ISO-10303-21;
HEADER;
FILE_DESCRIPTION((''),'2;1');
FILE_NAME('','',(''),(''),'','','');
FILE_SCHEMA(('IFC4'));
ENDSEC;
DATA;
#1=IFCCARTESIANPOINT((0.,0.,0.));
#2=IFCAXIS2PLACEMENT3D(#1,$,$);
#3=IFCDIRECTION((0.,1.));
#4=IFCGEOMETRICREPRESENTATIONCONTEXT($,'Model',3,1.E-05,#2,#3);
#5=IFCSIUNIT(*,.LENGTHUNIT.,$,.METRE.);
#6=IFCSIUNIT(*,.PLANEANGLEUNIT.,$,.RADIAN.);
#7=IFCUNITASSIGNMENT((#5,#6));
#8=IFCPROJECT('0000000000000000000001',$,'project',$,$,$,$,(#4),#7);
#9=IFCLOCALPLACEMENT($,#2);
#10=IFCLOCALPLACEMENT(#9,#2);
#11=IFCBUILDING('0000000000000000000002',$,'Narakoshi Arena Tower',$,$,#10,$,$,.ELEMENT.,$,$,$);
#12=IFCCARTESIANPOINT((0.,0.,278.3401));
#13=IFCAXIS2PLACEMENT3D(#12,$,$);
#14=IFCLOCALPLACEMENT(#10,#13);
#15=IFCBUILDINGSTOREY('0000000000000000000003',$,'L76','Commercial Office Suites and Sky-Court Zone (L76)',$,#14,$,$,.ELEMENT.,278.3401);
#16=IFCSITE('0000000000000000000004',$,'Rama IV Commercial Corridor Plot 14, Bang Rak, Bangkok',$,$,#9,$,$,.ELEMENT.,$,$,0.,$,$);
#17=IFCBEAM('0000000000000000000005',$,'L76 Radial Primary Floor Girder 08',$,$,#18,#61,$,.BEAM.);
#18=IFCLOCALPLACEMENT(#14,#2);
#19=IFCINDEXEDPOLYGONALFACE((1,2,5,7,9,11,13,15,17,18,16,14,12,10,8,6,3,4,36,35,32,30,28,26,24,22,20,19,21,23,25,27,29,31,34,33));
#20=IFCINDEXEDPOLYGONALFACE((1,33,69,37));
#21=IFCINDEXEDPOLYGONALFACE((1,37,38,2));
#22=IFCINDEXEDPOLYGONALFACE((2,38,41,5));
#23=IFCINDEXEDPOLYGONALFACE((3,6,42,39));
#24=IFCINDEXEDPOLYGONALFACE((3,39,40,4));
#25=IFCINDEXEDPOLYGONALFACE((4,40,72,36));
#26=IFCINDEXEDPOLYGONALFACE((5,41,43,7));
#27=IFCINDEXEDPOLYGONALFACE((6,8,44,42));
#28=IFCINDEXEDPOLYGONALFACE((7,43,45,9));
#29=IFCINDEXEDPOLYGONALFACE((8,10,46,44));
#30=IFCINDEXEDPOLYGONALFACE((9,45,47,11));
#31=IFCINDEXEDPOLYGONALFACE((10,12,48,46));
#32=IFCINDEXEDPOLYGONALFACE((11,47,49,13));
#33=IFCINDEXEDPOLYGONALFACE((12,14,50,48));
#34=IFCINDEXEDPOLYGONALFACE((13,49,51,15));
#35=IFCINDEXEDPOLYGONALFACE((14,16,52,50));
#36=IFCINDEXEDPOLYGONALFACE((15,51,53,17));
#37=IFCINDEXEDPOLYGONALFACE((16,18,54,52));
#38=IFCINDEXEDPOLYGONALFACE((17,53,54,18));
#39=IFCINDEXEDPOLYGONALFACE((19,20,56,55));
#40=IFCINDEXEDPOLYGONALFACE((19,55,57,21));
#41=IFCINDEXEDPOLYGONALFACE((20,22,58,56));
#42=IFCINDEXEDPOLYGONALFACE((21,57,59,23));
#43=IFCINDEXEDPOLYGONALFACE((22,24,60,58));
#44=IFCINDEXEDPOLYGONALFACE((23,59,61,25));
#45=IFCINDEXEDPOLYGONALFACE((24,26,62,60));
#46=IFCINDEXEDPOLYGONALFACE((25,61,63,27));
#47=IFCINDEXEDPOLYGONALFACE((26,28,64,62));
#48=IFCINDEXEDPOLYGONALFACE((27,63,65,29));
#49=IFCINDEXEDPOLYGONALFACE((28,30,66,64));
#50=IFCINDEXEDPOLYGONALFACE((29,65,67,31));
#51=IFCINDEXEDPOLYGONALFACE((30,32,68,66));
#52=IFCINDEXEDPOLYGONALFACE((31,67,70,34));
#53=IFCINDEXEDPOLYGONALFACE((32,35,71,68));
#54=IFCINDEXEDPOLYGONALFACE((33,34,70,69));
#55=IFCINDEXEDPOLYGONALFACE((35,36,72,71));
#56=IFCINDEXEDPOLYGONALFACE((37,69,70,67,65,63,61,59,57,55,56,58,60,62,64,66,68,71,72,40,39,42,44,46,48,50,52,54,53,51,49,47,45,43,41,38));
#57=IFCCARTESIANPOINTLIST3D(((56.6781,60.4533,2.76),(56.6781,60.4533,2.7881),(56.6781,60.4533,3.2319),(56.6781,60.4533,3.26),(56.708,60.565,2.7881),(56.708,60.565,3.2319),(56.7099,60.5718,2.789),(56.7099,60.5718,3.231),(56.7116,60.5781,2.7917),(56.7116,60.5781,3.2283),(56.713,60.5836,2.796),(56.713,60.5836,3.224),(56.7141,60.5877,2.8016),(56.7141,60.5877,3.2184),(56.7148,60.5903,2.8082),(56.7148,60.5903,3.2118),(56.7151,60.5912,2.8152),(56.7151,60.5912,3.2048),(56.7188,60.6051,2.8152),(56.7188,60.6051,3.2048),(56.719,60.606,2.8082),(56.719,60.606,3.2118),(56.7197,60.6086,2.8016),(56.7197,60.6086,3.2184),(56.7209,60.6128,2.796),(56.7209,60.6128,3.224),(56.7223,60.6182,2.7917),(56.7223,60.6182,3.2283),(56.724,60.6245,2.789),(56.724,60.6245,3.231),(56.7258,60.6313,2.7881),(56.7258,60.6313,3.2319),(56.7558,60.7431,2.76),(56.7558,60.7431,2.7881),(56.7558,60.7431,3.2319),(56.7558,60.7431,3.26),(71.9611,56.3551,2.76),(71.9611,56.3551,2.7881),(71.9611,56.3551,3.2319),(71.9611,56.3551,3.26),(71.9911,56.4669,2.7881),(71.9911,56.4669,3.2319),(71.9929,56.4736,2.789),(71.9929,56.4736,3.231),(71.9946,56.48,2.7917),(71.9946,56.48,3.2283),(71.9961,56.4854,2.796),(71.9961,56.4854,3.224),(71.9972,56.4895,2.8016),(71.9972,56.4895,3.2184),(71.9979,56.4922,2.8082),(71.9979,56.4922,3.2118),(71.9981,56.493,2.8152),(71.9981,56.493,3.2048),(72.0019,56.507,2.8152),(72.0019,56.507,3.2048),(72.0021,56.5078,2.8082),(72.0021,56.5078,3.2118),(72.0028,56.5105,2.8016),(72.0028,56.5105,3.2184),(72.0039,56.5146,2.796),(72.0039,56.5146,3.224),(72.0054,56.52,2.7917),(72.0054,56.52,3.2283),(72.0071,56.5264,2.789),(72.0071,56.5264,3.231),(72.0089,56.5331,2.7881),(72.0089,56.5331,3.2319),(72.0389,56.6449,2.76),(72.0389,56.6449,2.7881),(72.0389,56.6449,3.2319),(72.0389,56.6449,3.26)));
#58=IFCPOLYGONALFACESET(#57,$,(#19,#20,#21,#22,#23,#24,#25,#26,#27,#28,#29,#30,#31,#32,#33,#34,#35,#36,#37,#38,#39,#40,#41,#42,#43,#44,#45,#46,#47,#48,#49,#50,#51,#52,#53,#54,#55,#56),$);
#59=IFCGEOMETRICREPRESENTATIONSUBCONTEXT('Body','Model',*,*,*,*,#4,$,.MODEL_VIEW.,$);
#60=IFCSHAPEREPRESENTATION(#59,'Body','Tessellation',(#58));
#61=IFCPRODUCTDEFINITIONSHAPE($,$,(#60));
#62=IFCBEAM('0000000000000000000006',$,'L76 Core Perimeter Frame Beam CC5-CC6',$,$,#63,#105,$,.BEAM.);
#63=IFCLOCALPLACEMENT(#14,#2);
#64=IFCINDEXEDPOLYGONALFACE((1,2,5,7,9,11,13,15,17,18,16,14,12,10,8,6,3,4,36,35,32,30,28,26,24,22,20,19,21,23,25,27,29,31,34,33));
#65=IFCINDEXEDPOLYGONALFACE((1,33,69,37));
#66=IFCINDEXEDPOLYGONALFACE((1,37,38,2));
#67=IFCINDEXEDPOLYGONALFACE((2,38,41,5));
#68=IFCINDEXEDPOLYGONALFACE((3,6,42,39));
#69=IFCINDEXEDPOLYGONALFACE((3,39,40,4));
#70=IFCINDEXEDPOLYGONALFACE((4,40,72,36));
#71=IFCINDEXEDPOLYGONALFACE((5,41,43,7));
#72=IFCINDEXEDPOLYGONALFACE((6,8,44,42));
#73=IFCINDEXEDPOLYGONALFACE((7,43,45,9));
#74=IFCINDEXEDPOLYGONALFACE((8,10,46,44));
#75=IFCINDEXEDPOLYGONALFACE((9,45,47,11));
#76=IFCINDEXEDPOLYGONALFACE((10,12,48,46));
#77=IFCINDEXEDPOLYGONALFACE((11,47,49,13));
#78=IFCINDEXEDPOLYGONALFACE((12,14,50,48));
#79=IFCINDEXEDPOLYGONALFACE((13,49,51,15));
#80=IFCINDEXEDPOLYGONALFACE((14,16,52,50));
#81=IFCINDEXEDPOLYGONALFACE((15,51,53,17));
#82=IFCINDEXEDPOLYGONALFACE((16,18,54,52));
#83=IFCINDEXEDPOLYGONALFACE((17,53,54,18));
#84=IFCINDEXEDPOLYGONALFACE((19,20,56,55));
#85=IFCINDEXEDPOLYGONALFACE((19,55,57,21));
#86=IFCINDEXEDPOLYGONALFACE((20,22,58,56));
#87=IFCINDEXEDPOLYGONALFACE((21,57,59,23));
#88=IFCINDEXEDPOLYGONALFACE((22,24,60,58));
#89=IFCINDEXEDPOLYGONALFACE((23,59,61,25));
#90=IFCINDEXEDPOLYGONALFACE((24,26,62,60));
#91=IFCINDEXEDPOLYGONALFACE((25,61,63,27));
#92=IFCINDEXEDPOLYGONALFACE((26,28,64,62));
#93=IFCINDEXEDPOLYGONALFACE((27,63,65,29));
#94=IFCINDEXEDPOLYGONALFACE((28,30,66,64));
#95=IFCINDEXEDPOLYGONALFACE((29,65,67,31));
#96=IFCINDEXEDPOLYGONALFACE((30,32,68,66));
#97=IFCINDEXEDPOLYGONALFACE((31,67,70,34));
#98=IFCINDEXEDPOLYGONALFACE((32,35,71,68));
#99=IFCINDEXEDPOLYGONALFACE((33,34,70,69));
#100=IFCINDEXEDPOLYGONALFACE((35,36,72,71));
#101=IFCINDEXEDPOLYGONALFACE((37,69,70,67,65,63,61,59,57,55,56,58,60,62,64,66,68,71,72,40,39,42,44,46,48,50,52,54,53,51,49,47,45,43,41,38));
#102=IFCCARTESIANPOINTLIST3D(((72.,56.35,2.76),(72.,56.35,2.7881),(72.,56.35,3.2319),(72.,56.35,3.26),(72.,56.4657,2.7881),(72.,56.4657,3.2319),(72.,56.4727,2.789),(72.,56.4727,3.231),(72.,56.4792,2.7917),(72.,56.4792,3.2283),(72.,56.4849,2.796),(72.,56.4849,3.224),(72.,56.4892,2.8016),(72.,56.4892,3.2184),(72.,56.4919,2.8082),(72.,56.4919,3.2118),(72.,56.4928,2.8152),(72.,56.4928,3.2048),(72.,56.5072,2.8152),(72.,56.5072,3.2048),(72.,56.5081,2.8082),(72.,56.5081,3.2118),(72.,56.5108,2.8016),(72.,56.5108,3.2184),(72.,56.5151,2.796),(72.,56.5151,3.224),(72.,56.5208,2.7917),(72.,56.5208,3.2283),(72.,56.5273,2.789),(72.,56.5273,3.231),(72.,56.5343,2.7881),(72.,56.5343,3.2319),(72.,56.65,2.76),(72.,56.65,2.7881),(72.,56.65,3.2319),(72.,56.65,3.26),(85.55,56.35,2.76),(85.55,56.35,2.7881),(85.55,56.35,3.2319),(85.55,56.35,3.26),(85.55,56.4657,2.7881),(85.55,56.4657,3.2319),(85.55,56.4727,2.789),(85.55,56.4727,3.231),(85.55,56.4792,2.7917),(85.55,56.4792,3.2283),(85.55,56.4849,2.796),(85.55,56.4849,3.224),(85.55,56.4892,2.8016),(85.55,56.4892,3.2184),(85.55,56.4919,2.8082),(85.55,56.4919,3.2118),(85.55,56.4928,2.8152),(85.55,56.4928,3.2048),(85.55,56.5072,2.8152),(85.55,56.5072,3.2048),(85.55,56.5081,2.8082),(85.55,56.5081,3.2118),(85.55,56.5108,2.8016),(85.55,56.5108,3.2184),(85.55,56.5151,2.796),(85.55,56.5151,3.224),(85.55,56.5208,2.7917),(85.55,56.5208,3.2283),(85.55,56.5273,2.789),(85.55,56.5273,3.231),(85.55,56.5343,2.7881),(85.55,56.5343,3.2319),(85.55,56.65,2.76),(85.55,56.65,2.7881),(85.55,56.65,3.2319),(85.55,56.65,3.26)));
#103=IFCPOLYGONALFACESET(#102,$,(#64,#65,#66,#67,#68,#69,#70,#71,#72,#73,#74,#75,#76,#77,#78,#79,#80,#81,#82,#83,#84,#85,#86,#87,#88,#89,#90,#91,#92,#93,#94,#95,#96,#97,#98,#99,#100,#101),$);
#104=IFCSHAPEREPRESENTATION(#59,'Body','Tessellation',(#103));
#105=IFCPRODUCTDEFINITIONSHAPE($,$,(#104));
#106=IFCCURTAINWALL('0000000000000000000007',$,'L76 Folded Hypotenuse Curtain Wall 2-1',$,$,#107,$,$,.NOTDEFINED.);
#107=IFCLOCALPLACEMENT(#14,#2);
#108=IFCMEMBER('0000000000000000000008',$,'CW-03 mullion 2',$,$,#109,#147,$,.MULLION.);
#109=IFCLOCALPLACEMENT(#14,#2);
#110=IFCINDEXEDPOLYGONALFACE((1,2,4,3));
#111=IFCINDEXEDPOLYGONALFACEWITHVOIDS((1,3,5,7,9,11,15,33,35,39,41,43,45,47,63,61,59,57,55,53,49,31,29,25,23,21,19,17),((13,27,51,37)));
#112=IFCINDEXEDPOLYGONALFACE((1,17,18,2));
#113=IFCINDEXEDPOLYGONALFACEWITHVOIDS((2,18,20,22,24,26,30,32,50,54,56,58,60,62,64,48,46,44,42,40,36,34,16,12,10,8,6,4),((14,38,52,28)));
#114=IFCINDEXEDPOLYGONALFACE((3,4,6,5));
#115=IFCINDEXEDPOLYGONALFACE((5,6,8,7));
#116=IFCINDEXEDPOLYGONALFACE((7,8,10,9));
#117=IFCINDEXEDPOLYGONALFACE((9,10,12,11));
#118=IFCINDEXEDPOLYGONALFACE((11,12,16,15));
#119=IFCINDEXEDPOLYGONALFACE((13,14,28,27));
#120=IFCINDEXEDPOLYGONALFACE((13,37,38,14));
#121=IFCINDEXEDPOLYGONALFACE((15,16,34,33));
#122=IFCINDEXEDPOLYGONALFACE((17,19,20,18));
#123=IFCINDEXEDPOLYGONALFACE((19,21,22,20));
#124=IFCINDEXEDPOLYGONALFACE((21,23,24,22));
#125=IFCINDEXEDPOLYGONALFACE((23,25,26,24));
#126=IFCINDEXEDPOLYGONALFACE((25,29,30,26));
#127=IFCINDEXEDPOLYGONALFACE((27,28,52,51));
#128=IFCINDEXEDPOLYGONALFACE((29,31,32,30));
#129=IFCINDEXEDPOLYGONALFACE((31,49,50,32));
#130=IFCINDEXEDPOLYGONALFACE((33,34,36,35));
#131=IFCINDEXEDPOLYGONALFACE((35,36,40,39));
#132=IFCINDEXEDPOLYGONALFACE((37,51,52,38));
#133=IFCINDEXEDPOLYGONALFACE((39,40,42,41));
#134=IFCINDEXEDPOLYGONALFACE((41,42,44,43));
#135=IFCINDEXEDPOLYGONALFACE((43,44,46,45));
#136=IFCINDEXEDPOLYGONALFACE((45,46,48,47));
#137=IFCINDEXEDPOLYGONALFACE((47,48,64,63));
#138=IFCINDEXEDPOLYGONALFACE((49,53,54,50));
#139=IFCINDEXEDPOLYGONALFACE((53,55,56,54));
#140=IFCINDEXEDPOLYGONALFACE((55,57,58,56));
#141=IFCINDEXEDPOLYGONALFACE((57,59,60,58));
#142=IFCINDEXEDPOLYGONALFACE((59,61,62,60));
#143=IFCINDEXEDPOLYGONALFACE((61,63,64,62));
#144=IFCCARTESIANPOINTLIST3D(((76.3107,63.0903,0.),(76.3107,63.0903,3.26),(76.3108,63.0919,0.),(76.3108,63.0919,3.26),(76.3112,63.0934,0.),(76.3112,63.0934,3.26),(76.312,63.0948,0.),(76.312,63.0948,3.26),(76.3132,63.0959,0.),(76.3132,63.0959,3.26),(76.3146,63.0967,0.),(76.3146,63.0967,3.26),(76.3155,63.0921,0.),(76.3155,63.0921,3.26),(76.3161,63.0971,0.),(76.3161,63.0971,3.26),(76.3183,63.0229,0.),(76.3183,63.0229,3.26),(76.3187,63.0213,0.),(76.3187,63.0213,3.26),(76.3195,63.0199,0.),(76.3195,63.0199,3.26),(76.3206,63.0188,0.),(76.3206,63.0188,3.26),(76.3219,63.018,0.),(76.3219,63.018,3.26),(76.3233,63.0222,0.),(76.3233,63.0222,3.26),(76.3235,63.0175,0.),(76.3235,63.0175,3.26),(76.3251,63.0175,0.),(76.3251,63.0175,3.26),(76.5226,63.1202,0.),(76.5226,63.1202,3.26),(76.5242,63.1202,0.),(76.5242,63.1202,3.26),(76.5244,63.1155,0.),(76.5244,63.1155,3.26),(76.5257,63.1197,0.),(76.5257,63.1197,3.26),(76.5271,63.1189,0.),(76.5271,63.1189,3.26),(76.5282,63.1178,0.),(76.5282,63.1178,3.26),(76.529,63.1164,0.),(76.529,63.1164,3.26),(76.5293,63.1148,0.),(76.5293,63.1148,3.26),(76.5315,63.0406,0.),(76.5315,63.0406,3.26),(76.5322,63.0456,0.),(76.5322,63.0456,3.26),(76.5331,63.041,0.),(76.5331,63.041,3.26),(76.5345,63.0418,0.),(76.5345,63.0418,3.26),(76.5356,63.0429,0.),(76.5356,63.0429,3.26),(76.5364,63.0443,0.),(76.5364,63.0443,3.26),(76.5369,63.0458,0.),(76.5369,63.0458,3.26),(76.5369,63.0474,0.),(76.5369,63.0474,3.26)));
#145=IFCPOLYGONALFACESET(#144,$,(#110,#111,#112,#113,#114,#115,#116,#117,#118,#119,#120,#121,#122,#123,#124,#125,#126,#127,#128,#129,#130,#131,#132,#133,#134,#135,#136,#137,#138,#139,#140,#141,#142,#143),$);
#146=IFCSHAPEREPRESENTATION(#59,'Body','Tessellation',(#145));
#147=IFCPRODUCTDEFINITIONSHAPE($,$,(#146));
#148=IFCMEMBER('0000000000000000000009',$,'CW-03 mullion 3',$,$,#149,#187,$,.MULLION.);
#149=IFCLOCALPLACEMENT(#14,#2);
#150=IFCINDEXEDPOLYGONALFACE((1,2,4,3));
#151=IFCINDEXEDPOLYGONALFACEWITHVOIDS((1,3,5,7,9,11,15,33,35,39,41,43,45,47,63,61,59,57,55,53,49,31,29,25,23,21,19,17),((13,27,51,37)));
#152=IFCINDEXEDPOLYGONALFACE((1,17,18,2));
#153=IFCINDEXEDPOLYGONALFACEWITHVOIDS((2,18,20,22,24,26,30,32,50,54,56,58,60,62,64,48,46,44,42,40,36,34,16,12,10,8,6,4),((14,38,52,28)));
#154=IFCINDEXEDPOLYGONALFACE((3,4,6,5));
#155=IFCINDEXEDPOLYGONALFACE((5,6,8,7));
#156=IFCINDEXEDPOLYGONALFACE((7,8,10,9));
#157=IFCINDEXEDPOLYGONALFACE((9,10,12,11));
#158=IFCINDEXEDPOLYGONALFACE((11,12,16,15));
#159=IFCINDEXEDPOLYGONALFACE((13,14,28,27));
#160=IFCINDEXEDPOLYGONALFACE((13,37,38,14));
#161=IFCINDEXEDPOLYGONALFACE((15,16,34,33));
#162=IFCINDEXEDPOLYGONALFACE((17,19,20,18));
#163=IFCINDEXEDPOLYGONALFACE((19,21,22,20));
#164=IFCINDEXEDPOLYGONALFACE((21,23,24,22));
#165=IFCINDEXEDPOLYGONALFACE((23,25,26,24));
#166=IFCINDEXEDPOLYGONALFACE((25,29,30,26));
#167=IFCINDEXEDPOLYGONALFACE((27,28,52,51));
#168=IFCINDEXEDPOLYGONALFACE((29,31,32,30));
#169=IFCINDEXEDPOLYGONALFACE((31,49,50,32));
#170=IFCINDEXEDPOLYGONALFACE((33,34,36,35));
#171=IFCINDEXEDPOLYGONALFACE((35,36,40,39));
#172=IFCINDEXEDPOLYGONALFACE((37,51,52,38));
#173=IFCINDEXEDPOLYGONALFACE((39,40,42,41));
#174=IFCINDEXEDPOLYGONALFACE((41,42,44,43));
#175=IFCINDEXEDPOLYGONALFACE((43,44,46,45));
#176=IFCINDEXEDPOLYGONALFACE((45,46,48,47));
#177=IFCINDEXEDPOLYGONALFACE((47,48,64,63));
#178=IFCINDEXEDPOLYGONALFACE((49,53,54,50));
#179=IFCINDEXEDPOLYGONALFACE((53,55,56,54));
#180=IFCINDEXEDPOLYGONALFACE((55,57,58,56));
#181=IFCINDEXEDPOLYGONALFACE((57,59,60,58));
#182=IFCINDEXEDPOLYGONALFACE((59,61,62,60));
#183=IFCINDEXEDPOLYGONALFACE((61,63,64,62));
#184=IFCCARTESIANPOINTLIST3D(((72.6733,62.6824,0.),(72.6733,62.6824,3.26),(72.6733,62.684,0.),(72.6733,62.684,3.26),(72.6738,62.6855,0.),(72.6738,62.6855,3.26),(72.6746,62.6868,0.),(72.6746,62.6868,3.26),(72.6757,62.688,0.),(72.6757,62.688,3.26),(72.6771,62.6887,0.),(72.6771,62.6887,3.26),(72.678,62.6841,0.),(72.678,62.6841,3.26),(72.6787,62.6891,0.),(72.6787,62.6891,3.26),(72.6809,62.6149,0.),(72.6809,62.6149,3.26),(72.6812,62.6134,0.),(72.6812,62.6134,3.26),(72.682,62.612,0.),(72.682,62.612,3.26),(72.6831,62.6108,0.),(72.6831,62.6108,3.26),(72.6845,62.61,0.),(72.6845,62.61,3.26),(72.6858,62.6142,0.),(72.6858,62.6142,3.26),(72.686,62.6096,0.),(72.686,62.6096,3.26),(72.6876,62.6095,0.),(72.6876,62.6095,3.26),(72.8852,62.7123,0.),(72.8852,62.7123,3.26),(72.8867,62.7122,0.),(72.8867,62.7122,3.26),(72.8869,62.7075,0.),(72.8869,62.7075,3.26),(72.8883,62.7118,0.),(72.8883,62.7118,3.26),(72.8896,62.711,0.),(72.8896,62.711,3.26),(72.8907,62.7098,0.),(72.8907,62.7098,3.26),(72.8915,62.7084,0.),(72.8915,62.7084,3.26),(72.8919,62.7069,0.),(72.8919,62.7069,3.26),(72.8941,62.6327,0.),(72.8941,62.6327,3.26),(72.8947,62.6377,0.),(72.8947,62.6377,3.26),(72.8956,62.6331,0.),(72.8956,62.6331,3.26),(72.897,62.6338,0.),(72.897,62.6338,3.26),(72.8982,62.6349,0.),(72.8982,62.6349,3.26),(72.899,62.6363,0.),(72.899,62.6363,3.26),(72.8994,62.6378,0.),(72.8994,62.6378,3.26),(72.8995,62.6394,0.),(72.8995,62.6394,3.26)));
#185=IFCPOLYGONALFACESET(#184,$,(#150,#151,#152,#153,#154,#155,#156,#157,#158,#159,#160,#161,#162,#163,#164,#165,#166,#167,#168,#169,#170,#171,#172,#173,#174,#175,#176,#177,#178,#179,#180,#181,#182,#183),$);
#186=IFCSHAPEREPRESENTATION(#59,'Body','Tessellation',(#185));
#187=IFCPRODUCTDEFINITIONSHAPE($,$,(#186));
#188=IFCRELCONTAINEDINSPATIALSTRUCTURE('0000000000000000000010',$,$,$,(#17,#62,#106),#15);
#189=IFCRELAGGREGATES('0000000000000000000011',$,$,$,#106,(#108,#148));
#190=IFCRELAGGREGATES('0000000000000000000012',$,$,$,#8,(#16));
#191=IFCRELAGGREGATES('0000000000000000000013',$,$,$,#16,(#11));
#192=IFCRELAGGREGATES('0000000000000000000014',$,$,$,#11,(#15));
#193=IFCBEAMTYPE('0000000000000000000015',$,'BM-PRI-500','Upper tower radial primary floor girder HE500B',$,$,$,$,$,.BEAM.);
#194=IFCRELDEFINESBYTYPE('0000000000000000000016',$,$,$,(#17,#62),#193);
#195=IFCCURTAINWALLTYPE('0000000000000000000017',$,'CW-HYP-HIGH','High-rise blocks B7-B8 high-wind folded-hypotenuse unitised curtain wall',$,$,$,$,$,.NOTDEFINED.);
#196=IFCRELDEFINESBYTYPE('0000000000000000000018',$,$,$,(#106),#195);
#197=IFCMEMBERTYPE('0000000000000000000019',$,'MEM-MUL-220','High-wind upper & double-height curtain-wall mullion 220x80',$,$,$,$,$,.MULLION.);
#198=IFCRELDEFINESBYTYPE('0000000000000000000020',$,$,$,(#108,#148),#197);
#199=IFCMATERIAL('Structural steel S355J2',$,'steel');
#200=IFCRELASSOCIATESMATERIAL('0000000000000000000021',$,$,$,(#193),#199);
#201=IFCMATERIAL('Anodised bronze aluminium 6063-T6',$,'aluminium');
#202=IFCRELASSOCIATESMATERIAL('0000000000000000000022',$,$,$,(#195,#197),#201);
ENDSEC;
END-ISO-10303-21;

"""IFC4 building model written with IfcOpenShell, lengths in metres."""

from ifc_helpers import new_model, si_unit, direction, frame, origin, origin_2d, place, context, subcontext, project, spatial, hollow_rectangle, i_section, extrude, material, material_profile, profile_set, type_object, element, aggregate, save


model = new_model("IFC4")

# Units and contexts
model_context = context("Model", 3, precision=1e-05, world=origin(), true_north=direction((0.0, 1.0)))
body_context = subcontext(model_context, "Body", "Model", "MODEL_VIEW")
ifc_project = project(units=[si_unit("LENGTHUNIT", "METRE"), si_unit("PLANEANGLEUNIT", "RADIAN")], contexts=[model_context])

# Site, building, storey
site_placement = place(None, origin())
site = spatial("IfcSite", under=ifc_project, at=site_placement, Name="Rama IV Commercial Corridor Plot 14, Bang Rak, Bangkok", CompositionType="ELEMENT", RefElevation=0.0)
building_placement = place(site_placement, origin())
building = spatial("IfcBuilding", under=site, at=building_placement, Name="Narakoshi Arena Tower", CompositionType="ELEMENT")
storey_placement = place(building_placement, frame((0.0, 0.0, 278.3401)))
storey = spatial("IfcBuildingStorey", under=building, at=storey_placement, Name="L76", Description="Commercial Office Suites and Sky-Court Zone (L76)", CompositionType="ELEMENT", Elevation=278.3401)

# Beams
ifc_material_1 = material(Name="Structural steel S355J2", Category="steel")
ifc_material_profile_1 = material_profile(ifc_material_1, i_section(OverallWidth=0.3, OverallDepth=0.5, WebThickness=0.0144, FlangeThickness=0.0281, FilletRadius=0.0271, at=origin_2d()), Name="HE500B")
ifc_profile_set_1 = profile_set([ifc_material_profile_1], Name="Structural steel S355J2")
beam_type = type_object("IfcBeamType", Name="BM-PRI-500", Description="Upper tower radial primary floor girder HE500B", PredefinedType="BEAM", material=ifc_profile_set_1)
beam_1_placement = place(storey_placement, frame((72.0, 56.5, 3.01), z_axis=(-0.965877, 0.259001, 0.0), x_axis=(-0.259001, -0.965877, 0.0)))
element("IfcBeam", 1, at=beam_1_placement, inside=storey, type_object=beam_type, Name="L76 Radial Primary Floor Girder 08", PredefinedType="BEAM", context=body_context, shape_type="SweptSolid", body=[
    extrude(i_section(OverallWidth=0.3, OverallDepth=0.5, WebThickness=0.0144, FlangeThickness=0.0281, FilletRadius=0.0271, at=origin_2d()), origin(), (0.0, 0.0, 1.0), 15.823),
])
beam_2_placement = place(storey_placement, frame((72.0, 56.5, 3.01), z_axis=(1.0, 0.0, 0.0), x_axis=(0.0, 1.0, 0.0)))
element("IfcBeam", 2, at=beam_2_placement, inside=storey, type_object=beam_type, Name="L76 Core Perimeter Frame Beam CC5-CC6", PredefinedType="BEAM", context=body_context, shape_type="SweptSolid", body=[
    extrude(i_section(OverallWidth=0.3, OverallDepth=0.5, WebThickness=0.0144, FlangeThickness=0.0281, FilletRadius=0.0271, at=origin_2d()), origin(), (0.0, 0.0, 1.0), 13.55),
])

# Curtain wall, members
ifc_material_2 = material(Name="Anodised bronze aluminium 6063-T6", Category="aluminium")
curtain_wall_type = type_object("IfcCurtainWallType", Name="CW-HYP-HIGH", Description="High-rise blocks B7-B8 high-wind folded-hypotenuse unitised curtain wall", PredefinedType="NOTDEFINED", material=ifc_material_2)
curtain_wall_placement = place(storey_placement, origin())
curtain_wall = element("IfcCurtainWall", 3, at=curtain_wall_placement, inside=storey, type_object=curtain_wall_type, Name="L76 Folded Hypotenuse Curtain Wall 2-1", PredefinedType="NOTDEFINED")
ifc_material_profile_2 = material_profile(ifc_material_2, hollow_rectangle(XDim=0.0801, YDim=0.22, WallThickness=0.0049, OuterFilletRadius=0.0061, at=origin_2d()), Name="MUL220x80x5")
ifc_profile_set_2 = profile_set([ifc_material_profile_2], Name="Anodised bronze aluminium 6063-T6")
member_type_1 = type_object("IfcMemberType", Name="MEM-MUL-220", Description="High-wind upper & double-height curtain-wall mullion 220x80", PredefinedType="MULLION", material=ifc_profile_set_2)
member_1_placement = place(storey_placement, frame((76.4238, 63.0688, 0.0), z_axis=(0.0, 0.0, 1.0), x_axis=(0.111396, -0.993776, 0.0)))
member_1 = element("IfcMember", 4, at=member_1_placement, type_object=member_type_1, Name="CW-03 mullion 2", PredefinedType="MULLION", context=body_context, shape_type="SweptSolid", body=[
    extrude(hollow_rectangle(XDim=0.0801, YDim=0.22, WallThickness=0.0049, OuterFilletRadius=0.0061, at=origin_2d()), origin(), (0.0, 0.0, 1.0), 3.26),
])
member_2_placement = place(storey_placement, frame((72.7864, 62.6609, 0.0), z_axis=(0.0, 0.0, 1.0), x_axis=(0.111396, -0.993776, 0.0)))
member_2 = element("IfcMember", 5, at=member_2_placement, type_object=member_type_1, Name="CW-03 mullion 3", PredefinedType="MULLION", context=body_context, shape_type="SweptSolid", body=[
    extrude(hollow_rectangle(XDim=0.0801, YDim=0.22, WallThickness=0.0049, OuterFilletRadius=0.0061, at=origin_2d()), origin(), (0.0, 0.0, 1.0), 3.26),
])
aggregate(curtain_wall, [member_1, member_2])

save(model, "model.ifc")
